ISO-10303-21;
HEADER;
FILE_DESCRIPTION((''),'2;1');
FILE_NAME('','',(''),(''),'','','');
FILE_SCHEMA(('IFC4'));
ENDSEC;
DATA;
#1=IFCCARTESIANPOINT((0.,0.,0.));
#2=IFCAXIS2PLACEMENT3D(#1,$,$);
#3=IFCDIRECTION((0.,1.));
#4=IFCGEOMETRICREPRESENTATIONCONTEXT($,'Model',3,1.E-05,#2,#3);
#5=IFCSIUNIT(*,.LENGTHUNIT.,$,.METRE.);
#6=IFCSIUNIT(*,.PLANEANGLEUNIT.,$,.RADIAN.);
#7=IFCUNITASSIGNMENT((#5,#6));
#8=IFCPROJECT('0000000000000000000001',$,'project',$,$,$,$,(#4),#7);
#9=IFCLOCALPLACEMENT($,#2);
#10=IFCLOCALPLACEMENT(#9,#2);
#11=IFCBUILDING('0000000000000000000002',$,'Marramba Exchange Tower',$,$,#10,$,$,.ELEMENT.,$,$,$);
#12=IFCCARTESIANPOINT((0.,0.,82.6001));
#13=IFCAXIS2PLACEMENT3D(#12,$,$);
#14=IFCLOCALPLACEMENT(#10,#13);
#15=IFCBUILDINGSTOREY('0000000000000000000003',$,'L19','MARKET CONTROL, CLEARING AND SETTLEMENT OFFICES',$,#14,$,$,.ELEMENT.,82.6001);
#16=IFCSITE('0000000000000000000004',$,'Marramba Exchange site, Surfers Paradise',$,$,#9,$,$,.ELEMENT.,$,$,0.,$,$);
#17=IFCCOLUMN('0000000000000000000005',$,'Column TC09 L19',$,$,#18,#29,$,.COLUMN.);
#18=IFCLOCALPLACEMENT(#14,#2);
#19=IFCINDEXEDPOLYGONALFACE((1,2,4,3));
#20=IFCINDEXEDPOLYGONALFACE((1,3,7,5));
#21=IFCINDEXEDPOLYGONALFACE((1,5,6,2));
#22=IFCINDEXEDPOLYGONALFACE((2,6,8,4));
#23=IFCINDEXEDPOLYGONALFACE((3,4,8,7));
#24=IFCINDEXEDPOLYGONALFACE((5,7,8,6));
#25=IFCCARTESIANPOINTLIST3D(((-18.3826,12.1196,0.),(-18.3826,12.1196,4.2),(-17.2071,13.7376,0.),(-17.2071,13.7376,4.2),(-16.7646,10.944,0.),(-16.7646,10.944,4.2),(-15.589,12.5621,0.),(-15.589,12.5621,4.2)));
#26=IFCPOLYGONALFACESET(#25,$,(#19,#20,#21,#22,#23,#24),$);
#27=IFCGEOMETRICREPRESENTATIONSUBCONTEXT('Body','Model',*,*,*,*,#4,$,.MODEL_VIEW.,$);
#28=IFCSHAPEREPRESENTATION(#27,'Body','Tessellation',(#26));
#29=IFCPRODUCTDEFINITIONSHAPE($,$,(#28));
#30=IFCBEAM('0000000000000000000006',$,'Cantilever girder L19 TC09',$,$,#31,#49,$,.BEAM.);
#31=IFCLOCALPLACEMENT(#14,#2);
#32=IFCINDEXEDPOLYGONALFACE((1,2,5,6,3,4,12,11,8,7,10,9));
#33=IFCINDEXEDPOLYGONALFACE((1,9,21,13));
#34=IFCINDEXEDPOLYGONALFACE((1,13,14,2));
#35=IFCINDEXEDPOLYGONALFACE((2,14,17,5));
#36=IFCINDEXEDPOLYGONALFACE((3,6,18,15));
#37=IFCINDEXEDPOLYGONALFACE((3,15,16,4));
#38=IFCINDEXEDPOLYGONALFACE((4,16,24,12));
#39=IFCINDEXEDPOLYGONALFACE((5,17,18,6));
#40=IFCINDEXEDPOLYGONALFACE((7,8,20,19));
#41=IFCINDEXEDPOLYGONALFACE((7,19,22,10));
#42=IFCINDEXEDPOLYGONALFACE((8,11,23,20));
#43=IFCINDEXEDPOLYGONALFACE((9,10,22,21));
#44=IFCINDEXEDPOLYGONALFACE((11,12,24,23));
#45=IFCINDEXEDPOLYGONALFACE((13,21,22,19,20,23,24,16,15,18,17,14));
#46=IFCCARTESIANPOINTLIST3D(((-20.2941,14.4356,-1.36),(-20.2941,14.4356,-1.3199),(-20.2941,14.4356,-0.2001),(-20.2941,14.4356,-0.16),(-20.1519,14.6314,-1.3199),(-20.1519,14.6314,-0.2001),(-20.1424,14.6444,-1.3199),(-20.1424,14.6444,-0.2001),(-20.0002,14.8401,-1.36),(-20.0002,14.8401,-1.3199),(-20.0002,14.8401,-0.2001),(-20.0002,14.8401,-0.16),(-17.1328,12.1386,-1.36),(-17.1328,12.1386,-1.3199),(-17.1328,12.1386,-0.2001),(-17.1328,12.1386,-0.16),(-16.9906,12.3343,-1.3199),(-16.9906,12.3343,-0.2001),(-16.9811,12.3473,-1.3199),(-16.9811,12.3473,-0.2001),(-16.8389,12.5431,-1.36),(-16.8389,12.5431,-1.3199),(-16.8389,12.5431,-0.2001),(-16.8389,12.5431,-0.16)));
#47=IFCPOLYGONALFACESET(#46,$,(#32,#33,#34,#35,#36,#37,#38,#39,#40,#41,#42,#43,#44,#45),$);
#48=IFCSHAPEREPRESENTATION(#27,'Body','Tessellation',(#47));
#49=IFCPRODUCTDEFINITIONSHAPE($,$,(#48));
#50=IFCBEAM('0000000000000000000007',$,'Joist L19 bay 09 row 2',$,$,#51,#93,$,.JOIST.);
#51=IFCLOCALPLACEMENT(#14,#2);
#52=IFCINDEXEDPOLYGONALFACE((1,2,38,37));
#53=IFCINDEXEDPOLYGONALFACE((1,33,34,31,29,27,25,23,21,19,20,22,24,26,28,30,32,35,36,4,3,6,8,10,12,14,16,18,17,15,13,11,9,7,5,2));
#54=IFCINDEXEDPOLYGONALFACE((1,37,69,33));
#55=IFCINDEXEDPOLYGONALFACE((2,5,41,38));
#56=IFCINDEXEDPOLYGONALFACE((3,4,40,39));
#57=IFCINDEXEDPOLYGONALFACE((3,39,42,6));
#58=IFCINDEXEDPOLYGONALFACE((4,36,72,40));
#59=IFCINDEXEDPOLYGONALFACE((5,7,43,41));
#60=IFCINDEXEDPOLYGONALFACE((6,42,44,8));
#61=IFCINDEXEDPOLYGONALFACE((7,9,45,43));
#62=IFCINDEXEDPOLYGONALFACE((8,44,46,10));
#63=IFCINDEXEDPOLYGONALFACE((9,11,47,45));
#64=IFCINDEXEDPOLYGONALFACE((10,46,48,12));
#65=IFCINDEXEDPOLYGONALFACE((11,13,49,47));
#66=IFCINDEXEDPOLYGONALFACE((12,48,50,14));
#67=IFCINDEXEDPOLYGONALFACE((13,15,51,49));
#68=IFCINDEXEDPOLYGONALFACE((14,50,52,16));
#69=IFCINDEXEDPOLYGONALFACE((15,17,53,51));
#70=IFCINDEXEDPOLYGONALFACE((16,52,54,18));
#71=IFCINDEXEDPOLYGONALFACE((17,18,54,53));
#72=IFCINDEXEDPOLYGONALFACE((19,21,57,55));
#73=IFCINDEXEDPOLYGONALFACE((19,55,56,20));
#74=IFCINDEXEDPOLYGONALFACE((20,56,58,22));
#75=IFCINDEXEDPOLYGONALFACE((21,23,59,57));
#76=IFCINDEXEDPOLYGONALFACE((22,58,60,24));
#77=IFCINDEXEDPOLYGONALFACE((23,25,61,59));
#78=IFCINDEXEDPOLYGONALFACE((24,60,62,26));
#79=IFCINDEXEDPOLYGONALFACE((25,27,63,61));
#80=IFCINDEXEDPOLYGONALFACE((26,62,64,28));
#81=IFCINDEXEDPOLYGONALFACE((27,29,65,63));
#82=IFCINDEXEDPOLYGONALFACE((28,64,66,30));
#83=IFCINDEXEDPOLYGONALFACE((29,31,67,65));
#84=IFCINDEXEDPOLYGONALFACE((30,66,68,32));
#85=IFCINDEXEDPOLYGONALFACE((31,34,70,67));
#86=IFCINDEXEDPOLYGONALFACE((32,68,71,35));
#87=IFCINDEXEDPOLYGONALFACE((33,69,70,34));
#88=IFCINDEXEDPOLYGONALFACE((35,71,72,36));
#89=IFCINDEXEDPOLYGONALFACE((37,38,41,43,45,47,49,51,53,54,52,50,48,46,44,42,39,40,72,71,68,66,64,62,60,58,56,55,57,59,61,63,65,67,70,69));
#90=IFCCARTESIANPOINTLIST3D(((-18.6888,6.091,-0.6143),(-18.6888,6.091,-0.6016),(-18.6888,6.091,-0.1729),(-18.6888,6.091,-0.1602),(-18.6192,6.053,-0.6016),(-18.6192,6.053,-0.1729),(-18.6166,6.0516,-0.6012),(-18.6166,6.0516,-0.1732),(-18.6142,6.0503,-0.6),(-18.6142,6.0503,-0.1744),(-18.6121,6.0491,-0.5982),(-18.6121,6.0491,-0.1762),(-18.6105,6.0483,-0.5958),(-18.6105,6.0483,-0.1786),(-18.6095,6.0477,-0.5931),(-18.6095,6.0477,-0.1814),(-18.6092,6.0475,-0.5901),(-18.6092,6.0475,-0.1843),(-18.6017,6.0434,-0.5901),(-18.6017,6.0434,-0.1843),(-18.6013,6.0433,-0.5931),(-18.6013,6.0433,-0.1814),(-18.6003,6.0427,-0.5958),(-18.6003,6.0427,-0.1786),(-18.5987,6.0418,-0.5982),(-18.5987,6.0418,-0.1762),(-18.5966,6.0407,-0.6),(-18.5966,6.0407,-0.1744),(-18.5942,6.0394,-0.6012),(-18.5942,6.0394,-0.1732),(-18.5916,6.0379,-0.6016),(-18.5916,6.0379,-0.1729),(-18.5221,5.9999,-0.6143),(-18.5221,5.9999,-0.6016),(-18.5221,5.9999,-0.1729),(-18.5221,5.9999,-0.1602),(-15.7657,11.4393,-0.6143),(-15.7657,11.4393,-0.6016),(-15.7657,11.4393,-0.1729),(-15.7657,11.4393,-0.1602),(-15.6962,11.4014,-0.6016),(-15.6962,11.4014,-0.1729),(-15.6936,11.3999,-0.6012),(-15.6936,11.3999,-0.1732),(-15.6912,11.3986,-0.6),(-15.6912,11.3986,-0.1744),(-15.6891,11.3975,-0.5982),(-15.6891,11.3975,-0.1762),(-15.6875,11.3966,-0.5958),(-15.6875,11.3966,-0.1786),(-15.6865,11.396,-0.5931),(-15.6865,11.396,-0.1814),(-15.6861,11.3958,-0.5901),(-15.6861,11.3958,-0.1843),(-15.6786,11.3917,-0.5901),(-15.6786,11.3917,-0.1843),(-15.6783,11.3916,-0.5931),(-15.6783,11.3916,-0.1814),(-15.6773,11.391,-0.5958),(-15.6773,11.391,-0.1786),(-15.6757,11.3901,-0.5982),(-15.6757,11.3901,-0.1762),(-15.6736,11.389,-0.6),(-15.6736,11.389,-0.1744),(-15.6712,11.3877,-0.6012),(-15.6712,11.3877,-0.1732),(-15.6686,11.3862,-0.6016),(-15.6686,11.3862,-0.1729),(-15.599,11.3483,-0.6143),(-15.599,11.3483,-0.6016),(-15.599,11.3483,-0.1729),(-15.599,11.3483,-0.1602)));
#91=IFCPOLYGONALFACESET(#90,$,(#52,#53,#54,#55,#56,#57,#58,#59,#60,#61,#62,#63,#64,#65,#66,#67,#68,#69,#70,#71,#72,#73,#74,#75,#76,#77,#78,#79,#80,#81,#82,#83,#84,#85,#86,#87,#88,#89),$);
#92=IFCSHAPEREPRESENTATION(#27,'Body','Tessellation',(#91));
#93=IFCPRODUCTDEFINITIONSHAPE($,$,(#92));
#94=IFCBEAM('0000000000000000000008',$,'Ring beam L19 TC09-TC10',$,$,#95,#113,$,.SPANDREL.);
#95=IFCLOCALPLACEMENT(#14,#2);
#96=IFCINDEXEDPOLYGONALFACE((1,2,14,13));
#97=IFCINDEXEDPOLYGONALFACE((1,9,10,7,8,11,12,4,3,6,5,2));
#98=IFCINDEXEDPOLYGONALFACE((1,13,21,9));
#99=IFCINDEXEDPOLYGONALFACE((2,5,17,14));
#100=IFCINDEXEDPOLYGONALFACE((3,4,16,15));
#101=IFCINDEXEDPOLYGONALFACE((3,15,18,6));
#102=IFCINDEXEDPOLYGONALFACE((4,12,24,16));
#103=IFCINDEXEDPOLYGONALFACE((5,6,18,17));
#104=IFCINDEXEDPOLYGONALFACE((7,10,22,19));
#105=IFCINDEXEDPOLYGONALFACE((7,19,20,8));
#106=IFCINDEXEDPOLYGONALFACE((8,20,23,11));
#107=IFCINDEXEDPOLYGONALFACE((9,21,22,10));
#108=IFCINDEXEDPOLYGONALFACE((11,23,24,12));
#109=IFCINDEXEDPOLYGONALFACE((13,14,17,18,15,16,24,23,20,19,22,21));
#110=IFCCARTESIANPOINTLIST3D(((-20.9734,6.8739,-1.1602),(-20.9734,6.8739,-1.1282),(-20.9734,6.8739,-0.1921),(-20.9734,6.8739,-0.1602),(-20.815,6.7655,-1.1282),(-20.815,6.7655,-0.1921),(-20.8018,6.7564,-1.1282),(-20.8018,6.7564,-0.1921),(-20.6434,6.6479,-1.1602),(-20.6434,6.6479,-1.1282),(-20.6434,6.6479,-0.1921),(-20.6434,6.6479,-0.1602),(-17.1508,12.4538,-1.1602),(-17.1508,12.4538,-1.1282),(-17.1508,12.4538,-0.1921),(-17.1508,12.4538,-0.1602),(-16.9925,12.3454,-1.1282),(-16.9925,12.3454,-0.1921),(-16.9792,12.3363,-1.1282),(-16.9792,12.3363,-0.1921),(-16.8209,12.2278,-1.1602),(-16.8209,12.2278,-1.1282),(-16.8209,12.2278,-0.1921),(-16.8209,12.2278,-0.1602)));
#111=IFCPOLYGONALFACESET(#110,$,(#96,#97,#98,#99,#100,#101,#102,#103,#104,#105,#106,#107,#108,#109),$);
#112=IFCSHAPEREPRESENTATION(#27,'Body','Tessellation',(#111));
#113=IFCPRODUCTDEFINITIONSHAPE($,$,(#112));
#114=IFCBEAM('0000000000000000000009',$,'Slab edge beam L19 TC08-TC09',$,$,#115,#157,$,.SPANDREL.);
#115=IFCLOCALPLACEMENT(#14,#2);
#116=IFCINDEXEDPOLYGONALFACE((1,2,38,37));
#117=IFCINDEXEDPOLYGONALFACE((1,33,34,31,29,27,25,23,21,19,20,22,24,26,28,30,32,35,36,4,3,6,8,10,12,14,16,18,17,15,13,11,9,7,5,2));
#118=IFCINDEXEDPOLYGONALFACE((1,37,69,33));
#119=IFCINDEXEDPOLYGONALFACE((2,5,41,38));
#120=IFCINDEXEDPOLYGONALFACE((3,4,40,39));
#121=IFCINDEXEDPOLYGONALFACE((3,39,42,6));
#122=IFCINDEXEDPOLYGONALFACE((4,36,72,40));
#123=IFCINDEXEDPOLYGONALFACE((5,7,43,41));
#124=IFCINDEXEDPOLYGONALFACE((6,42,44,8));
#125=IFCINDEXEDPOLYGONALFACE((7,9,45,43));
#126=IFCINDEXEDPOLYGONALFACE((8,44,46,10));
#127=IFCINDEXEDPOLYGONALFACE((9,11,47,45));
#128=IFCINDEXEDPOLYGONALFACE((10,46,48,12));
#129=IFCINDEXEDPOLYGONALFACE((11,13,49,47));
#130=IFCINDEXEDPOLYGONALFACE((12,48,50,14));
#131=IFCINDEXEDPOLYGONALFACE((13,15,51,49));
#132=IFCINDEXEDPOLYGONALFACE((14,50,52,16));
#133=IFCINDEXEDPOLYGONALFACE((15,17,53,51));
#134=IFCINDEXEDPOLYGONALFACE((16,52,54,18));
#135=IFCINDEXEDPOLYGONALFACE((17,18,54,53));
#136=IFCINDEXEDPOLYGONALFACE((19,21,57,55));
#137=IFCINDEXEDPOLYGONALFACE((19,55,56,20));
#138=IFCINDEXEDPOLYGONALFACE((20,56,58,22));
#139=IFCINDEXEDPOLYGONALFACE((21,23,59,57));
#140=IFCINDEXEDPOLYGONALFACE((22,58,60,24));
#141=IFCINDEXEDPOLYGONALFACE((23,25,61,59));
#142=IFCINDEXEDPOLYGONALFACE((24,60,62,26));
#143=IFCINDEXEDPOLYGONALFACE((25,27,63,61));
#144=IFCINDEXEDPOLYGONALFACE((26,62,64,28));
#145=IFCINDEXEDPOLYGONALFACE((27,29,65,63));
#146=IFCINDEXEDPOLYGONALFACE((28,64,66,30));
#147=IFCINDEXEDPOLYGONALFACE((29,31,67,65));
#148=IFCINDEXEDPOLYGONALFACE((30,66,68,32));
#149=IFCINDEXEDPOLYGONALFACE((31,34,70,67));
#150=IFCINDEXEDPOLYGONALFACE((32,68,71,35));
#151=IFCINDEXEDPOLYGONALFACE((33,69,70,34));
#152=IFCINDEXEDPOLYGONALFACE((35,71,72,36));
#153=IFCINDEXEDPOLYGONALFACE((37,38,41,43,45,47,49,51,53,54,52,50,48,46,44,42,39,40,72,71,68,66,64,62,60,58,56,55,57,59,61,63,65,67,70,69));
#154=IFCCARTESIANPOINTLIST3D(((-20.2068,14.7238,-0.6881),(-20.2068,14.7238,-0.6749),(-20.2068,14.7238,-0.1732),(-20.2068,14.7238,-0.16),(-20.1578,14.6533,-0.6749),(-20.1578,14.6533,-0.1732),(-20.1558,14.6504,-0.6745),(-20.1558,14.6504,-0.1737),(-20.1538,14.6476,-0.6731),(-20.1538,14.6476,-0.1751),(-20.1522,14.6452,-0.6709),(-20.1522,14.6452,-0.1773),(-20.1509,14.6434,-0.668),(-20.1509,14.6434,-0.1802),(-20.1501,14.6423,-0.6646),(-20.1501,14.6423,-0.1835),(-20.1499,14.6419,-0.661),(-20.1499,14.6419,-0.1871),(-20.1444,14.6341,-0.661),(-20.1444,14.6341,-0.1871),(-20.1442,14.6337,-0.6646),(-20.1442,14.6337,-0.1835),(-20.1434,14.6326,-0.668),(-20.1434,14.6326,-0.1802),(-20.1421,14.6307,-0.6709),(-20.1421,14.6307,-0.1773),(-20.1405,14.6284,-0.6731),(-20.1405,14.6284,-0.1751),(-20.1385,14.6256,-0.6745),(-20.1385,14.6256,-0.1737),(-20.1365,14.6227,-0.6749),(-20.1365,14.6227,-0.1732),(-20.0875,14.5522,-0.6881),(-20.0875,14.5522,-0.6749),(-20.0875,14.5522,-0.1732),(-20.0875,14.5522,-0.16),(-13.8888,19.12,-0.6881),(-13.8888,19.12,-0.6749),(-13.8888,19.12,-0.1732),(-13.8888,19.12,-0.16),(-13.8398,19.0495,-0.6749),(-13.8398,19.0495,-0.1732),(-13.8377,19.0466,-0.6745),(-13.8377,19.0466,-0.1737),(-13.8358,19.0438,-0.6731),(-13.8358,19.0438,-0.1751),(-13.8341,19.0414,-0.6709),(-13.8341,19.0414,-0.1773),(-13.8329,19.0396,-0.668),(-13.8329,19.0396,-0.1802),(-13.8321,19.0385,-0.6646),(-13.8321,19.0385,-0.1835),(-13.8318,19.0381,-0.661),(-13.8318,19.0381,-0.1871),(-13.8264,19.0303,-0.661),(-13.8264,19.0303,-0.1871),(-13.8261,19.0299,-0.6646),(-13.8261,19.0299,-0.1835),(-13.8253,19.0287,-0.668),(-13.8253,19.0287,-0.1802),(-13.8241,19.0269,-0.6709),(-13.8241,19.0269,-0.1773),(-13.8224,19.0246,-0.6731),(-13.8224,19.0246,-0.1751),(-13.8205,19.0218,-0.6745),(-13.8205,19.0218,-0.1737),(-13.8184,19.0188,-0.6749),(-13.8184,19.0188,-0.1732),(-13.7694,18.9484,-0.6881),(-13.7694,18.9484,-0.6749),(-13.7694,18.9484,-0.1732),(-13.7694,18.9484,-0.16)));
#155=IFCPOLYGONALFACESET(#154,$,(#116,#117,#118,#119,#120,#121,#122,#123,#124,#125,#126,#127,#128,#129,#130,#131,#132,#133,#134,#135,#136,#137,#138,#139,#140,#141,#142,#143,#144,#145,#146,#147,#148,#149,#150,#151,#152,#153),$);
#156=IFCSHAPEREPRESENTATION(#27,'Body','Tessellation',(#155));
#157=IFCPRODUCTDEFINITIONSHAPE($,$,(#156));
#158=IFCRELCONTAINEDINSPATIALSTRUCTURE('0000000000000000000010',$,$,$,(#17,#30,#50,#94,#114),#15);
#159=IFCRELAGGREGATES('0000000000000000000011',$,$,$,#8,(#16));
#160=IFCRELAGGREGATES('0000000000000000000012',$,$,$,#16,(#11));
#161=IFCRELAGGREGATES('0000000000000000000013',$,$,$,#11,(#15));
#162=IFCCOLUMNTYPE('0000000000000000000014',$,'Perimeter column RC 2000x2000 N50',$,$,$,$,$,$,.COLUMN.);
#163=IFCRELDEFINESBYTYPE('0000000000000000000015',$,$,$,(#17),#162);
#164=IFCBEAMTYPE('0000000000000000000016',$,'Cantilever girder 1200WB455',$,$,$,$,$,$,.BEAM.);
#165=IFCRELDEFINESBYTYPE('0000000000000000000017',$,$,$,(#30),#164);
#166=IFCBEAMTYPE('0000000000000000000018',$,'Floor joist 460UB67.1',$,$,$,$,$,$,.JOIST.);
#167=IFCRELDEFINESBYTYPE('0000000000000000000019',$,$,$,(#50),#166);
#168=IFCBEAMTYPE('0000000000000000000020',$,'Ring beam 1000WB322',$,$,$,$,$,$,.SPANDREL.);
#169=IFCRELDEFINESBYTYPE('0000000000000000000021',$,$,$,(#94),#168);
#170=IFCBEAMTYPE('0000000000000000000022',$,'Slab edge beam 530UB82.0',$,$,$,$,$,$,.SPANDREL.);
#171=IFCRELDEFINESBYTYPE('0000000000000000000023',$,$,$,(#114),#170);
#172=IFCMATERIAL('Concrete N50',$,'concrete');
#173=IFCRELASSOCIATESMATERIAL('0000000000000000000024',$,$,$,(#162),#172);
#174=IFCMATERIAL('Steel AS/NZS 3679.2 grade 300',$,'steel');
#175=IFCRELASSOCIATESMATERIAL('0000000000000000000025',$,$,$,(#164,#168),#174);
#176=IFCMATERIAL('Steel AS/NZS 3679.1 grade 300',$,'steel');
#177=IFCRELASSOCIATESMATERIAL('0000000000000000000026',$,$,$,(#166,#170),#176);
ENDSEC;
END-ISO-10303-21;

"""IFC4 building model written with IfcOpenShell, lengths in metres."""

from ifc_helpers import new_model, si_unit, direction, frame, origin, origin_2d, place, context, subcontext, project, spatial, rectangle, i_section, extrude, material, material_profile, profile_set, type_object, element, save


model = new_model("IFC4")

# Units and contexts
model_context = context("Model", 3, precision=1e-05, world=origin(), true_north=direction((0.0, 1.0)))
body_context = subcontext(model_context, "Body", "Model", "MODEL_VIEW")
ifc_project = project(units=[si_unit("LENGTHUNIT", "METRE"), si_unit("PLANEANGLEUNIT", "RADIAN")], contexts=[model_context])

# Site, building, storey
site_placement = place(None, origin())
site = spatial("IfcSite", under=ifc_project, at=site_placement, Name="Marramba Exchange site, Surfers Paradise", CompositionType="ELEMENT", RefElevation=0.0)
building_placement = place(site_placement, origin())
building = spatial("IfcBuilding", under=site, at=building_placement, Name="Marramba Exchange Tower", CompositionType="ELEMENT")
storey_placement = place(building_placement, frame((0.0, 0.0, 82.6001)))
storey = spatial("IfcBuildingStorey", under=building, at=storey_placement, Name="L19", Description="MARKET CONTROL, CLEARING AND SETTLEMENT OFFICES", CompositionType="ELEMENT", Elevation=82.6001)

# Column
ifc_material_1 = material(Name="Concrete N50", Category="concrete")
ifc_material_profile_1 = material_profile(ifc_material_1, rectangle(XDim=2.0, YDim=2.0, at=origin_2d()), Name="RC 2000x2000")
ifc_profile_set_1 = profile_set([ifc_material_profile_1], Name="Concrete N50")
column_type = type_object("IfcColumnType", Name="Perimeter column RC 2000x2000 N50", PredefinedType="COLUMN", material=ifc_profile_set_1)
column_placement = place(storey_placement, frame((-16.9858, 12.3408, 0.0), z_axis=(0.0, 0.0, 1.0), x_axis=(-0.809017, 0.587785, 0.0)))
element("IfcColumn", 1, at=column_placement, inside=storey, type_object=column_type, Name="Column TC09 L19", PredefinedType="COLUMN", context=body_context, shape_type="SweptSolid", body=[
    extrude(rectangle(XDim=2.0, YDim=2.0, at=origin_2d()), origin(), (0.0, 0.0, 1.0), 4.2),
])

# Beams
ifc_material_2 = material(Name="Steel AS/NZS 3679.2 grade 300", Category="steel")
ifc_material_profile_2 = material_profile(ifc_material_2, i_section(OverallWidth=0.5, OverallDepth=1.2, WebThickness=0.0161, FlangeThickness=0.04, at=origin_2d()), Name="1200WB455")
ifc_profile_set_2 = profile_set([ifc_material_profile_2], Name="Steel AS/NZS 3679.2 grade 300")
beam_type_1 = type_object("IfcBeamType", Name="Cantilever girder 1200WB455", PredefinedType="BEAM", material=ifc_profile_set_2)
beam_1_placement = place(storey_placement, frame((-16.9858, 12.3408, -0.76), z_axis=(-0.808987, 0.587826, 0.0), x_axis=(-0.587826, -0.808987, 0.0)))
element("IfcBeam", 2, at=beam_1_placement, inside=storey, type_object=beam_type_1, Name="Cantilever girder L19 TC09", PredefinedType="BEAM", context=body_context, shape_type="SweptSolid", body=[
    extrude(i_section(OverallWidth=0.5, OverallDepth=1.2, WebThickness=0.0161, FlangeThickness=0.04, at=origin_2d()), origin(), (0.0, 0.0, 1.0), 3.9077),
])
ifc_material_3 = material(Name="Steel AS/NZS 3679.1 grade 300", Category="steel")
ifc_material_profile_3 = material_profile(ifc_material_3, i_section(OverallWidth=0.1899, OverallDepth=0.4541, WebThickness=0.0085, FlangeThickness=0.0127, FilletRadius=0.0115, at=origin_2d()), Name="460UB67.1")
ifc_profile_set_3 = profile_set([ifc_material_profile_3], Name="Steel AS/NZS 3679.1 grade 300")
beam_type_2 = type_object("IfcBeamType", Name="Floor joist 460UB67.1", PredefinedType="JOIST", material=ifc_profile_set_3)
beam_2_placement = place(storey_placement, frame((-15.6824, 11.3938, -0.3872), z_axis=(-0.479584, -0.877496, 0.0), x_axis=(0.877496, -0.479584, 0.0)))
element("IfcBeam", 3, at=beam_2_placement, inside=storey, type_object=beam_type_2, Name="Joist L19 bay 09 row 2", PredefinedType="JOIST", context=body_context, shape_type="SweptSolid", body=[
    extrude(i_section(OverallWidth=0.1899, OverallDepth=0.4541, WebThickness=0.0085, FlangeThickness=0.0127, FilletRadius=0.0115, at=origin_2d()), origin(), (0.0, 0.0, 1.0), 6.095),
])
ifc_material_profile_4 = material_profile(ifc_material_2, i_section(OverallWidth=0.3999, OverallDepth=1.0, WebThickness=0.0161, FlangeThickness=0.032, at=origin_2d()), Name="1000WB322")
ifc_profile_set_4 = profile_set([ifc_material_profile_4], Name="Steel AS/NZS 3679.2 grade 300")
beam_type_3 = type_object("IfcBeamType", Name="Ring beam 1000WB322", PredefinedType="SPANDREL", material=ifc_profile_set_4)
beam_3_placement = place(storey_placement, frame((-16.9858, 12.3408, -0.6602), z_axis=(-0.56516, -0.824981, 0.0), x_axis=(0.824981, -0.56516, 0.0)))
element("IfcBeam", 4, at=beam_3_placement, inside=storey, type_object=beam_type_3, Name="Ring beam L19 TC09-TC10", PredefinedType="SPANDREL", context=body_context, shape_type="SweptSolid", body=[
    extrude(i_section(OverallWidth=0.3999, OverallDepth=1.0, WebThickness=0.0161, FlangeThickness=0.032, at=origin_2d()), origin(), (0.0, 0.0, 1.0), 6.7637),
])
ifc_material_profile_5 = material_profile(ifc_material_3, i_section(OverallWidth=0.209, OverallDepth=0.5281, WebThickness=0.0095, FlangeThickness=0.0132, FilletRadius=0.0139, at=origin_2d()), Name="530UB82.0")
ifc_profile_set_5 = profile_set([ifc_material_profile_5], Name="Steel AS/NZS 3679.1 grade 300")
beam_type_4 = type_object("IfcBeamType", Name="Slab edge beam 530UB82.0", PredefinedType="SPANDREL", material=ifc_profile_set_5)
beam_4_placement = place(storey_placement, frame((-13.8291, 19.0342, -0.4241), z_axis=(-0.820842, -0.571155, 0.0), x_axis=(0.571155, -0.820842, 0.0)))
element("IfcBeam", 5, at=beam_4_placement, inside=storey, type_object=beam_type_4, Name="Slab edge beam L19 TC08-TC09", PredefinedType="SPANDREL", context=body_context, shape_type="SweptSolid", body=[
    extrude(i_section(OverallWidth=0.209, OverallDepth=0.5281, WebThickness=0.0095, FlangeThickness=0.0132, FilletRadius=0.0139, at=origin_2d()), origin(), (0.0, 0.0, 1.0), 7.697),
])

save(model, "model.ifc")
